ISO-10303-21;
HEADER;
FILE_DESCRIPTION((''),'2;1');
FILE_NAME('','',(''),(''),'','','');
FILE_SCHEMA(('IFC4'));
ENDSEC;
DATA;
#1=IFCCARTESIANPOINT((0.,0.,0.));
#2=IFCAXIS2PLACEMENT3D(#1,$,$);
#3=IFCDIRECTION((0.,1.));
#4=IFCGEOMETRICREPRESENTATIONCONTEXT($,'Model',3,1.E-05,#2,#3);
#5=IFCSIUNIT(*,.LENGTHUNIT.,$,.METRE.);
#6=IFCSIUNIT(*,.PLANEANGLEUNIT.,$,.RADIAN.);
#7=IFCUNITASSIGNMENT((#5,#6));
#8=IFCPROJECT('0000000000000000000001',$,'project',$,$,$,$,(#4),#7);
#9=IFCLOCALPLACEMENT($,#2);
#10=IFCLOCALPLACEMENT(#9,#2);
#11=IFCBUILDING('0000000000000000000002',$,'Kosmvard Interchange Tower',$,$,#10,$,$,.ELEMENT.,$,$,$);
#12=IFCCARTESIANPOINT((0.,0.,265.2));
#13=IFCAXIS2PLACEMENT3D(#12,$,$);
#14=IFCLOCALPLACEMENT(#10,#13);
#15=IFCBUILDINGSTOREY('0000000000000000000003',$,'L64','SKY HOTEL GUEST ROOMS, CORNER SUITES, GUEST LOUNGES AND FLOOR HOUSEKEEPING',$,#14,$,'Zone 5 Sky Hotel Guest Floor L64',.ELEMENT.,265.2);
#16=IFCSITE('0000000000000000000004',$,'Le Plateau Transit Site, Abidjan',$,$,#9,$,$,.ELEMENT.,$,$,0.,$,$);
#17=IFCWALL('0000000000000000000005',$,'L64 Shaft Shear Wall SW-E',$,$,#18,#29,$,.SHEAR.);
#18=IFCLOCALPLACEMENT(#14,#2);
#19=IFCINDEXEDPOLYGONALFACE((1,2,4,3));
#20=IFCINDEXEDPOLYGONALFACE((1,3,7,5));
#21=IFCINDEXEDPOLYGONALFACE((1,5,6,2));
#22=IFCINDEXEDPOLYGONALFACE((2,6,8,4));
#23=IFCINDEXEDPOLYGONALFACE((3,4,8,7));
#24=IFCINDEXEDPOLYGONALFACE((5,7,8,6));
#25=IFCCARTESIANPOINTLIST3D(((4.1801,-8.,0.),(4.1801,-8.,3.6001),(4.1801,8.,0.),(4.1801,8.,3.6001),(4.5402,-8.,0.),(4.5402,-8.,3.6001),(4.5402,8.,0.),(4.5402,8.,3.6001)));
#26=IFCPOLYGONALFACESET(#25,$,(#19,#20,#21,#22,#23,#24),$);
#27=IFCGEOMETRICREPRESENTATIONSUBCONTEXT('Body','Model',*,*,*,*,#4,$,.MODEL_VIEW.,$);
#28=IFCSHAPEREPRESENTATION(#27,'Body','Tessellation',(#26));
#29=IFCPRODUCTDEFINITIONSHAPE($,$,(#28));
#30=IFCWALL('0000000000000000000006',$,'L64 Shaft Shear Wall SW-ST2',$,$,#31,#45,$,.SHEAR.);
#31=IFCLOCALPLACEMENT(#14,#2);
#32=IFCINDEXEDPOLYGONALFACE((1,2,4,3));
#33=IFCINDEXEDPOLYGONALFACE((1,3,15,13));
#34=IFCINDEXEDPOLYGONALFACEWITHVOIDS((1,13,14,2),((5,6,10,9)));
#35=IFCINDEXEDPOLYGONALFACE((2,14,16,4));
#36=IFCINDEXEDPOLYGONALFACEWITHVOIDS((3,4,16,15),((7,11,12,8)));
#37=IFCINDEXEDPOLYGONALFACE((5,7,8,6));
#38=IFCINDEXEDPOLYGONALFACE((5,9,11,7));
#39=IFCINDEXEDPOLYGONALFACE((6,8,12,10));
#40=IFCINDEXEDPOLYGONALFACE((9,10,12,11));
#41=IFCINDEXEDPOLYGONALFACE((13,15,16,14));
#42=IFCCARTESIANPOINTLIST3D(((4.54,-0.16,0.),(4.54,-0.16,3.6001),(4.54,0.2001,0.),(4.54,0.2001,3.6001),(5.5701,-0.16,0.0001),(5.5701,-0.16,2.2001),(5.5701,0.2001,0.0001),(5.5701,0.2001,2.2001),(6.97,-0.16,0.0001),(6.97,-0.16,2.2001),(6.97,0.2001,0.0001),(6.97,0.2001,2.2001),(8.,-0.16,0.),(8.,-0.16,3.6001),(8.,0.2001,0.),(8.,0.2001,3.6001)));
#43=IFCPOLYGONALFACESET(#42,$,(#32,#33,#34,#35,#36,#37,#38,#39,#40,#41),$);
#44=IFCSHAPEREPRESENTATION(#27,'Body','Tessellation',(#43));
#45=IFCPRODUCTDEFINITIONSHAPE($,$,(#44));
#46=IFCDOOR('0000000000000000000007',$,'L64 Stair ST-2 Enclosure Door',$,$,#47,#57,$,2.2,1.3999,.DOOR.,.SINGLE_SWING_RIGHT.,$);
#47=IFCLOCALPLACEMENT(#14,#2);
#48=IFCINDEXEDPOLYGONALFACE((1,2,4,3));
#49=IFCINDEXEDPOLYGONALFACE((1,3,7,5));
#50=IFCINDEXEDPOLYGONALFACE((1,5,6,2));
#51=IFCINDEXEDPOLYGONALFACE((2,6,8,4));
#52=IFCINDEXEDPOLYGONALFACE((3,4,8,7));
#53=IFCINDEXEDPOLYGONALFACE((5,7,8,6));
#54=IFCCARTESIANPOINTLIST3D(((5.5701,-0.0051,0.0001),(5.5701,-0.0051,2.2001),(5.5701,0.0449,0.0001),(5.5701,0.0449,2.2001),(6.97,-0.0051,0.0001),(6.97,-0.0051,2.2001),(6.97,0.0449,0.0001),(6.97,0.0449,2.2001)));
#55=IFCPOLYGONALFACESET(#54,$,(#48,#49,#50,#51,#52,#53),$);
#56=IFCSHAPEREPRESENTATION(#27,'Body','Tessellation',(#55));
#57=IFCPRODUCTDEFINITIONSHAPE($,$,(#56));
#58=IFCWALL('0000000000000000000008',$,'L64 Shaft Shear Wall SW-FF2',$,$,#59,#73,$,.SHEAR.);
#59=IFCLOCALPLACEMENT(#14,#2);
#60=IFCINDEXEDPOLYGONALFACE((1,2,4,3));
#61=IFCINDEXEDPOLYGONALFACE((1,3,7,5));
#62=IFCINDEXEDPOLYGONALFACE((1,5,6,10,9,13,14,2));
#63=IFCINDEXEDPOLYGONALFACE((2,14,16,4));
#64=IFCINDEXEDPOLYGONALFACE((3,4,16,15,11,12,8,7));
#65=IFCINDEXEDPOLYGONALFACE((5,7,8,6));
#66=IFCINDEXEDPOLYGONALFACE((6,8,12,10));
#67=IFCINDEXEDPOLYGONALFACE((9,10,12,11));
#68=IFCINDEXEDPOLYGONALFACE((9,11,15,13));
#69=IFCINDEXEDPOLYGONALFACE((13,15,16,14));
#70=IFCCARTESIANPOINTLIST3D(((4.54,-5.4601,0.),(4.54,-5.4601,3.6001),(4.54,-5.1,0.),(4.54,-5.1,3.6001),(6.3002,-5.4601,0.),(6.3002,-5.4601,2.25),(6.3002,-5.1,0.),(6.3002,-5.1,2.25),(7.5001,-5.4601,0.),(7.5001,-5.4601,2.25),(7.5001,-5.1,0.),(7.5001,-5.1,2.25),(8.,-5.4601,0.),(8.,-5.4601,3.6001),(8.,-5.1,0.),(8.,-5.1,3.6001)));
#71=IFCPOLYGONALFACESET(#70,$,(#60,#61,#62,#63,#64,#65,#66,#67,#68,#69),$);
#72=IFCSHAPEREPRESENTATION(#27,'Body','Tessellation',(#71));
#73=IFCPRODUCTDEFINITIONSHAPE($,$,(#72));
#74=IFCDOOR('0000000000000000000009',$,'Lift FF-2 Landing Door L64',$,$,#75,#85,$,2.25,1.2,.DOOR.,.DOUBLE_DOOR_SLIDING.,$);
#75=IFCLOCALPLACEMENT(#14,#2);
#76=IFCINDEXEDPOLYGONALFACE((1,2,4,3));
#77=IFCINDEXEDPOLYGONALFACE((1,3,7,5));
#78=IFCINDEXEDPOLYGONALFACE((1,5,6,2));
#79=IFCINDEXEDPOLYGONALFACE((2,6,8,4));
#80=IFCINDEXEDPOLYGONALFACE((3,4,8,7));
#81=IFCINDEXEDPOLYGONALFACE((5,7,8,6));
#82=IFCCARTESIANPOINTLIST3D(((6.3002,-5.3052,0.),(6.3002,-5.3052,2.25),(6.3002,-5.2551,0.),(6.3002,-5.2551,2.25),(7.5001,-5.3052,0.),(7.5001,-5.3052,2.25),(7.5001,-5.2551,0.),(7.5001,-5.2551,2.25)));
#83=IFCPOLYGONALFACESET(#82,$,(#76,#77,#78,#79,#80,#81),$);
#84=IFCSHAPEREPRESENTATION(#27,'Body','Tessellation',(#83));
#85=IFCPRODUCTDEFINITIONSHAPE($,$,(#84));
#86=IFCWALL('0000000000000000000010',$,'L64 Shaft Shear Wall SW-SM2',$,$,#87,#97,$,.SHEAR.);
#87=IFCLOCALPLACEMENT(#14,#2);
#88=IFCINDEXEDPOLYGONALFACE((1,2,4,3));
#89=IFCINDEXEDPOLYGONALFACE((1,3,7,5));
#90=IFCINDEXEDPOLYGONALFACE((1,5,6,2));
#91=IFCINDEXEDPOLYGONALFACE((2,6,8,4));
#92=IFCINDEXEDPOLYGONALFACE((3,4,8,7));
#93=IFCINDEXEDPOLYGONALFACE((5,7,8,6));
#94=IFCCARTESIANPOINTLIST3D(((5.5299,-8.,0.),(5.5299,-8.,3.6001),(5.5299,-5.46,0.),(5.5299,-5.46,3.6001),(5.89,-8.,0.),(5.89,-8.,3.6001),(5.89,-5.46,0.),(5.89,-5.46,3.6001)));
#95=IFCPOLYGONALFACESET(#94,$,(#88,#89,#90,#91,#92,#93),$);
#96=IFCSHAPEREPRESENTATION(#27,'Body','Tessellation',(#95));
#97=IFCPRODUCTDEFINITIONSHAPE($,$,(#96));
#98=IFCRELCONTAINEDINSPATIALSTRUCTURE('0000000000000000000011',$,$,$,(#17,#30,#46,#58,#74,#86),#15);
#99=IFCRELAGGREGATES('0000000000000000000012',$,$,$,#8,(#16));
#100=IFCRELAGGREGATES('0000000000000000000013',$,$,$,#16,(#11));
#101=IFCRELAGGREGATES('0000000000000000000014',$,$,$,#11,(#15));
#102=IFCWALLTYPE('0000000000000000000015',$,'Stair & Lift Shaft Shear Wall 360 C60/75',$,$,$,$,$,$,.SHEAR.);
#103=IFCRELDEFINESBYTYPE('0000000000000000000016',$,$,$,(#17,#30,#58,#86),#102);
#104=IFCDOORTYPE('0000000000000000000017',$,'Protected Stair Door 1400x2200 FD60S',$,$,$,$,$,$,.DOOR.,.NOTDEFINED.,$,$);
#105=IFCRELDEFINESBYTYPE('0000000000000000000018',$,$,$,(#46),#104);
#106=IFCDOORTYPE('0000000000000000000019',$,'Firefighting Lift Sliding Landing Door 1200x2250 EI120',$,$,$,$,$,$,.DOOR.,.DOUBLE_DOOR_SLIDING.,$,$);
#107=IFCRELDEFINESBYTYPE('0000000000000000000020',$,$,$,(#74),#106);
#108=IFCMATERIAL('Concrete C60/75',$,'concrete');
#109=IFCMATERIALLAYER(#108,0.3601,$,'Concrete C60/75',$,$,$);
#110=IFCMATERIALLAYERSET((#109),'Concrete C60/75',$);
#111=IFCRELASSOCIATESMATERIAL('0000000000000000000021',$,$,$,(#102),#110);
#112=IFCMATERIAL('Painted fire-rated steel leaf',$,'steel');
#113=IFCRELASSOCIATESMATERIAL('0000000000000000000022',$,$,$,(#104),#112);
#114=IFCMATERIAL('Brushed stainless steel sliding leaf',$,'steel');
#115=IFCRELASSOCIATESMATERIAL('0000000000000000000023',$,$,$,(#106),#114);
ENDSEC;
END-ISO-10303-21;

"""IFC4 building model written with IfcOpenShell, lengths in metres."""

from ifc_helpers import new_model, si_unit, direction, frame, frame_2d, origin, place, context, subcontext, project, spatial, rectangle, extrude, source, transform, mapped, material, layer, layer_set, type_object, element, fill, save


model = new_model("IFC4")

# Units and contexts
model_context = context("Model", 3, precision=1e-05, world=origin(), true_north=direction((0.0, 1.0)))
body_context = subcontext(model_context, "Body", "Model", "MODEL_VIEW")
ifc_project = project(units=[si_unit("LENGTHUNIT", "METRE"), si_unit("PLANEANGLEUNIT", "RADIAN")], contexts=[model_context])

# Site, building, storey
site_placement = place(None, origin())
site = spatial("IfcSite", under=ifc_project, at=site_placement, Name="Le Plateau Transit Site, Abidjan", CompositionType="ELEMENT", RefElevation=0.0)
building_placement = place(site_placement, origin())
building = spatial("IfcBuilding", under=site, at=building_placement, Name="Kosmvard Interchange Tower", CompositionType="ELEMENT")
storey_placement = place(building_placement, frame((0.0, 0.0, 265.2)))
storey = spatial("IfcBuildingStorey", under=building, at=storey_placement, Name="L64", Description="SKY HOTEL GUEST ROOMS, CORNER SUITES, GUEST LOUNGES AND FLOOR HOUSEKEEPING", LongName="Zone 5 Sky Hotel Guest Floor L64", CompositionType="ELEMENT", Elevation=265.2)

# Shared definitions
ifc_material_1 = material(Name="Painted fire-rated steel leaf", Category="steel")
ifc_material_2 = material(Name="Brushed stainless steel sliding leaf", Category="steel")

# Wall
ifc_material_3 = material(Name="Concrete C60/75", Category="concrete")
ifc_layer_1 = layer(ifc_material_3, 0.3601, Name="Concrete C60/75")
ifc_layer_set_1 = layer_set([ifc_layer_1], Name="Concrete C60/75")
wall_type_1 = type_object("IfcWallType", Name="Stair & Lift Shaft Shear Wall 360 C60/75", PredefinedType="SHEAR", material=ifc_layer_set_1)
wall_1_placement = place(storey_placement, frame((4.3601, -8.0, 0.0), z_axis=(0.0, 0.0, 1.0), x_axis=(0.0, 1.0, 0.0)))
element("IfcWall", 1, at=wall_1_placement, inside=storey, type_object=wall_type_1, Name="L64 Shaft Shear Wall SW-E", PredefinedType="SHEAR", context=body_context, shape_type="SweptSolid", body=[
    extrude(rectangle(XDim=16.0, YDim=0.3601, at=frame_2d((8.0, 0.0))), origin(), (0.0, 0.0, 1.0), 3.6001),
])

# Walls, openings, doors
wall_2_placement = place(storey_placement, frame((4.54, 0.02, 0.0), z_axis=(0.0, 0.0, 1.0), x_axis=(1.0, 0.0, 0.0)))
wall_2 = element("IfcWall", 2, at=wall_2_placement, inside=storey, type_object=wall_type_1, Name="L64 Shaft Shear Wall SW-ST2", PredefinedType="SHEAR", context=body_context, shape_type="SweptSolid", body=[
    extrude(rectangle(XDim=3.46, YDim=0.3601, at=frame_2d((1.73, 0.0))), origin(), (0.0, 0.0, 1.0), 3.6001),
])
opening_1_placement = place(wall_2_placement, frame((1.03, 0.0, 0.0)))
opening_1 = element("IfcOpeningElement", 3, at=opening_1_placement, cuts=wall_2, PredefinedType="OPENING", context=body_context, shape_type="SweptSolid", body=[
    extrude(rectangle(XDim=1.3999, YDim=2.2, at=frame_2d((0.7, 1.1001))), frame((0.0, 0.1899, 0.0), z_axis=(0.0, -1.0, 0.0), x_axis=(1.0, 0.0, 0.0)), (0.0, 0.0, 1.0), 0.3801),
])
door_type_1 = type_object("IfcDoorType", Name="Protected Stair Door 1400x2200 FD60S", OperationType="NOTDEFINED", PredefinedType="DOOR", material=ifc_material_1)
shared_shape_1 = source(origin(), body_context, "Body", "SweptSolid", [
    extrude(rectangle(XDim=1.3999, YDim=2.2, at=frame_2d((0.7, 1.1001))), frame((0.0, 0.0249, 0.0), z_axis=(0.0, -1.0, 0.0), x_axis=(1.0, 0.0, 0.0)), (0.0, 0.0, 1.0), 0.05),
])
door_1_placement = place(opening_1_placement, origin())
door_1 = element("IfcDoor", 4, at=door_1_placement, inside=storey, type_object=door_type_1, Name="L64 Stair ST-2 Enclosure Door", OperationType="SINGLE_SWING_RIGHT", OverallHeight=2.2, OverallWidth=1.3999, PredefinedType="DOOR", context=body_context, shape_type="MappedRepresentation", body=[
    mapped(shared_shape_1, transform((0.0, 0.0, 0.0), scale=1.0)),
])
fill(opening_1, door_1)
wall_3_placement = place(storey_placement, frame((4.54, -5.28, 0.0), z_axis=(0.0, 0.0, 1.0), x_axis=(1.0, 0.0, 0.0)))
wall_3 = element("IfcWall", 5, at=wall_3_placement, inside=storey, type_object=wall_type_1, Name="L64 Shaft Shear Wall SW-FF2", PredefinedType="SHEAR", context=body_context, shape_type="SweptSolid", body=[
    extrude(rectangle(XDim=3.46, YDim=0.3601, at=frame_2d((1.73, 0.0))), origin(), (0.0, 0.0, 1.0), 3.6001),
])
opening_2_placement = place(wall_3_placement, frame((1.76, 0.0, 0.0)))
opening_2 = element("IfcOpeningElement", 6, at=opening_2_placement, cuts=wall_3, PredefinedType="OPENING", context=body_context, shape_type="SweptSolid", body=[
    extrude(rectangle(XDim=1.2, YDim=2.25, at=frame_2d((0.6001, 1.125))), frame((0.0, 0.1899, 0.0), z_axis=(0.0, -1.0, 0.0), x_axis=(1.0, 0.0, 0.0)), (0.0, 0.0, 1.0), 0.3801),
])
door_type_2 = type_object("IfcDoorType", Name="Firefighting Lift Sliding Landing Door 1200x2250 EI120", OperationType="DOUBLE_DOOR_SLIDING", PredefinedType="DOOR", material=ifc_material_2)
shared_shape_2 = source(origin(), body_context, "Body", "SweptSolid", [
    extrude(rectangle(XDim=1.2, YDim=2.25, at=frame_2d((0.6001, 1.125))), frame((0.0, 0.0249, 0.0), z_axis=(0.0, -1.0, 0.0), x_axis=(1.0, 0.0, 0.0)), (0.0, 0.0, 1.0), 0.05),
])
door_2_placement = place(opening_2_placement, origin())
door_2 = element("IfcDoor", 7, at=door_2_placement, inside=storey, type_object=door_type_2, Name="Lift FF-2 Landing Door L64", OperationType="DOUBLE_DOOR_SLIDING", OverallHeight=2.25, OverallWidth=1.2, PredefinedType="DOOR", context=body_context, shape_type="MappedRepresentation", body=[
    mapped(shared_shape_2, transform((0.0, 0.0, 0.0), scale=1.0)),
])
fill(opening_2, door_2)

# Wall
wall_4_placement = place(storey_placement, frame((5.71, -8.0, 0.0), z_axis=(0.0, 0.0, 1.0), x_axis=(0.0, 1.0, 0.0)))
element("IfcWall", 8, at=wall_4_placement, inside=storey, type_object=wall_type_1, Name="L64 Shaft Shear Wall SW-SM2", PredefinedType="SHEAR", context=body_context, shape_type="SweptSolid", body=[
    extrude(rectangle(XDim=2.54, YDim=0.3601, at=frame_2d((1.27, 0.0))), origin(), (0.0, 0.0, 1.0), 3.6001),
])

save(model, "model.ifc")
